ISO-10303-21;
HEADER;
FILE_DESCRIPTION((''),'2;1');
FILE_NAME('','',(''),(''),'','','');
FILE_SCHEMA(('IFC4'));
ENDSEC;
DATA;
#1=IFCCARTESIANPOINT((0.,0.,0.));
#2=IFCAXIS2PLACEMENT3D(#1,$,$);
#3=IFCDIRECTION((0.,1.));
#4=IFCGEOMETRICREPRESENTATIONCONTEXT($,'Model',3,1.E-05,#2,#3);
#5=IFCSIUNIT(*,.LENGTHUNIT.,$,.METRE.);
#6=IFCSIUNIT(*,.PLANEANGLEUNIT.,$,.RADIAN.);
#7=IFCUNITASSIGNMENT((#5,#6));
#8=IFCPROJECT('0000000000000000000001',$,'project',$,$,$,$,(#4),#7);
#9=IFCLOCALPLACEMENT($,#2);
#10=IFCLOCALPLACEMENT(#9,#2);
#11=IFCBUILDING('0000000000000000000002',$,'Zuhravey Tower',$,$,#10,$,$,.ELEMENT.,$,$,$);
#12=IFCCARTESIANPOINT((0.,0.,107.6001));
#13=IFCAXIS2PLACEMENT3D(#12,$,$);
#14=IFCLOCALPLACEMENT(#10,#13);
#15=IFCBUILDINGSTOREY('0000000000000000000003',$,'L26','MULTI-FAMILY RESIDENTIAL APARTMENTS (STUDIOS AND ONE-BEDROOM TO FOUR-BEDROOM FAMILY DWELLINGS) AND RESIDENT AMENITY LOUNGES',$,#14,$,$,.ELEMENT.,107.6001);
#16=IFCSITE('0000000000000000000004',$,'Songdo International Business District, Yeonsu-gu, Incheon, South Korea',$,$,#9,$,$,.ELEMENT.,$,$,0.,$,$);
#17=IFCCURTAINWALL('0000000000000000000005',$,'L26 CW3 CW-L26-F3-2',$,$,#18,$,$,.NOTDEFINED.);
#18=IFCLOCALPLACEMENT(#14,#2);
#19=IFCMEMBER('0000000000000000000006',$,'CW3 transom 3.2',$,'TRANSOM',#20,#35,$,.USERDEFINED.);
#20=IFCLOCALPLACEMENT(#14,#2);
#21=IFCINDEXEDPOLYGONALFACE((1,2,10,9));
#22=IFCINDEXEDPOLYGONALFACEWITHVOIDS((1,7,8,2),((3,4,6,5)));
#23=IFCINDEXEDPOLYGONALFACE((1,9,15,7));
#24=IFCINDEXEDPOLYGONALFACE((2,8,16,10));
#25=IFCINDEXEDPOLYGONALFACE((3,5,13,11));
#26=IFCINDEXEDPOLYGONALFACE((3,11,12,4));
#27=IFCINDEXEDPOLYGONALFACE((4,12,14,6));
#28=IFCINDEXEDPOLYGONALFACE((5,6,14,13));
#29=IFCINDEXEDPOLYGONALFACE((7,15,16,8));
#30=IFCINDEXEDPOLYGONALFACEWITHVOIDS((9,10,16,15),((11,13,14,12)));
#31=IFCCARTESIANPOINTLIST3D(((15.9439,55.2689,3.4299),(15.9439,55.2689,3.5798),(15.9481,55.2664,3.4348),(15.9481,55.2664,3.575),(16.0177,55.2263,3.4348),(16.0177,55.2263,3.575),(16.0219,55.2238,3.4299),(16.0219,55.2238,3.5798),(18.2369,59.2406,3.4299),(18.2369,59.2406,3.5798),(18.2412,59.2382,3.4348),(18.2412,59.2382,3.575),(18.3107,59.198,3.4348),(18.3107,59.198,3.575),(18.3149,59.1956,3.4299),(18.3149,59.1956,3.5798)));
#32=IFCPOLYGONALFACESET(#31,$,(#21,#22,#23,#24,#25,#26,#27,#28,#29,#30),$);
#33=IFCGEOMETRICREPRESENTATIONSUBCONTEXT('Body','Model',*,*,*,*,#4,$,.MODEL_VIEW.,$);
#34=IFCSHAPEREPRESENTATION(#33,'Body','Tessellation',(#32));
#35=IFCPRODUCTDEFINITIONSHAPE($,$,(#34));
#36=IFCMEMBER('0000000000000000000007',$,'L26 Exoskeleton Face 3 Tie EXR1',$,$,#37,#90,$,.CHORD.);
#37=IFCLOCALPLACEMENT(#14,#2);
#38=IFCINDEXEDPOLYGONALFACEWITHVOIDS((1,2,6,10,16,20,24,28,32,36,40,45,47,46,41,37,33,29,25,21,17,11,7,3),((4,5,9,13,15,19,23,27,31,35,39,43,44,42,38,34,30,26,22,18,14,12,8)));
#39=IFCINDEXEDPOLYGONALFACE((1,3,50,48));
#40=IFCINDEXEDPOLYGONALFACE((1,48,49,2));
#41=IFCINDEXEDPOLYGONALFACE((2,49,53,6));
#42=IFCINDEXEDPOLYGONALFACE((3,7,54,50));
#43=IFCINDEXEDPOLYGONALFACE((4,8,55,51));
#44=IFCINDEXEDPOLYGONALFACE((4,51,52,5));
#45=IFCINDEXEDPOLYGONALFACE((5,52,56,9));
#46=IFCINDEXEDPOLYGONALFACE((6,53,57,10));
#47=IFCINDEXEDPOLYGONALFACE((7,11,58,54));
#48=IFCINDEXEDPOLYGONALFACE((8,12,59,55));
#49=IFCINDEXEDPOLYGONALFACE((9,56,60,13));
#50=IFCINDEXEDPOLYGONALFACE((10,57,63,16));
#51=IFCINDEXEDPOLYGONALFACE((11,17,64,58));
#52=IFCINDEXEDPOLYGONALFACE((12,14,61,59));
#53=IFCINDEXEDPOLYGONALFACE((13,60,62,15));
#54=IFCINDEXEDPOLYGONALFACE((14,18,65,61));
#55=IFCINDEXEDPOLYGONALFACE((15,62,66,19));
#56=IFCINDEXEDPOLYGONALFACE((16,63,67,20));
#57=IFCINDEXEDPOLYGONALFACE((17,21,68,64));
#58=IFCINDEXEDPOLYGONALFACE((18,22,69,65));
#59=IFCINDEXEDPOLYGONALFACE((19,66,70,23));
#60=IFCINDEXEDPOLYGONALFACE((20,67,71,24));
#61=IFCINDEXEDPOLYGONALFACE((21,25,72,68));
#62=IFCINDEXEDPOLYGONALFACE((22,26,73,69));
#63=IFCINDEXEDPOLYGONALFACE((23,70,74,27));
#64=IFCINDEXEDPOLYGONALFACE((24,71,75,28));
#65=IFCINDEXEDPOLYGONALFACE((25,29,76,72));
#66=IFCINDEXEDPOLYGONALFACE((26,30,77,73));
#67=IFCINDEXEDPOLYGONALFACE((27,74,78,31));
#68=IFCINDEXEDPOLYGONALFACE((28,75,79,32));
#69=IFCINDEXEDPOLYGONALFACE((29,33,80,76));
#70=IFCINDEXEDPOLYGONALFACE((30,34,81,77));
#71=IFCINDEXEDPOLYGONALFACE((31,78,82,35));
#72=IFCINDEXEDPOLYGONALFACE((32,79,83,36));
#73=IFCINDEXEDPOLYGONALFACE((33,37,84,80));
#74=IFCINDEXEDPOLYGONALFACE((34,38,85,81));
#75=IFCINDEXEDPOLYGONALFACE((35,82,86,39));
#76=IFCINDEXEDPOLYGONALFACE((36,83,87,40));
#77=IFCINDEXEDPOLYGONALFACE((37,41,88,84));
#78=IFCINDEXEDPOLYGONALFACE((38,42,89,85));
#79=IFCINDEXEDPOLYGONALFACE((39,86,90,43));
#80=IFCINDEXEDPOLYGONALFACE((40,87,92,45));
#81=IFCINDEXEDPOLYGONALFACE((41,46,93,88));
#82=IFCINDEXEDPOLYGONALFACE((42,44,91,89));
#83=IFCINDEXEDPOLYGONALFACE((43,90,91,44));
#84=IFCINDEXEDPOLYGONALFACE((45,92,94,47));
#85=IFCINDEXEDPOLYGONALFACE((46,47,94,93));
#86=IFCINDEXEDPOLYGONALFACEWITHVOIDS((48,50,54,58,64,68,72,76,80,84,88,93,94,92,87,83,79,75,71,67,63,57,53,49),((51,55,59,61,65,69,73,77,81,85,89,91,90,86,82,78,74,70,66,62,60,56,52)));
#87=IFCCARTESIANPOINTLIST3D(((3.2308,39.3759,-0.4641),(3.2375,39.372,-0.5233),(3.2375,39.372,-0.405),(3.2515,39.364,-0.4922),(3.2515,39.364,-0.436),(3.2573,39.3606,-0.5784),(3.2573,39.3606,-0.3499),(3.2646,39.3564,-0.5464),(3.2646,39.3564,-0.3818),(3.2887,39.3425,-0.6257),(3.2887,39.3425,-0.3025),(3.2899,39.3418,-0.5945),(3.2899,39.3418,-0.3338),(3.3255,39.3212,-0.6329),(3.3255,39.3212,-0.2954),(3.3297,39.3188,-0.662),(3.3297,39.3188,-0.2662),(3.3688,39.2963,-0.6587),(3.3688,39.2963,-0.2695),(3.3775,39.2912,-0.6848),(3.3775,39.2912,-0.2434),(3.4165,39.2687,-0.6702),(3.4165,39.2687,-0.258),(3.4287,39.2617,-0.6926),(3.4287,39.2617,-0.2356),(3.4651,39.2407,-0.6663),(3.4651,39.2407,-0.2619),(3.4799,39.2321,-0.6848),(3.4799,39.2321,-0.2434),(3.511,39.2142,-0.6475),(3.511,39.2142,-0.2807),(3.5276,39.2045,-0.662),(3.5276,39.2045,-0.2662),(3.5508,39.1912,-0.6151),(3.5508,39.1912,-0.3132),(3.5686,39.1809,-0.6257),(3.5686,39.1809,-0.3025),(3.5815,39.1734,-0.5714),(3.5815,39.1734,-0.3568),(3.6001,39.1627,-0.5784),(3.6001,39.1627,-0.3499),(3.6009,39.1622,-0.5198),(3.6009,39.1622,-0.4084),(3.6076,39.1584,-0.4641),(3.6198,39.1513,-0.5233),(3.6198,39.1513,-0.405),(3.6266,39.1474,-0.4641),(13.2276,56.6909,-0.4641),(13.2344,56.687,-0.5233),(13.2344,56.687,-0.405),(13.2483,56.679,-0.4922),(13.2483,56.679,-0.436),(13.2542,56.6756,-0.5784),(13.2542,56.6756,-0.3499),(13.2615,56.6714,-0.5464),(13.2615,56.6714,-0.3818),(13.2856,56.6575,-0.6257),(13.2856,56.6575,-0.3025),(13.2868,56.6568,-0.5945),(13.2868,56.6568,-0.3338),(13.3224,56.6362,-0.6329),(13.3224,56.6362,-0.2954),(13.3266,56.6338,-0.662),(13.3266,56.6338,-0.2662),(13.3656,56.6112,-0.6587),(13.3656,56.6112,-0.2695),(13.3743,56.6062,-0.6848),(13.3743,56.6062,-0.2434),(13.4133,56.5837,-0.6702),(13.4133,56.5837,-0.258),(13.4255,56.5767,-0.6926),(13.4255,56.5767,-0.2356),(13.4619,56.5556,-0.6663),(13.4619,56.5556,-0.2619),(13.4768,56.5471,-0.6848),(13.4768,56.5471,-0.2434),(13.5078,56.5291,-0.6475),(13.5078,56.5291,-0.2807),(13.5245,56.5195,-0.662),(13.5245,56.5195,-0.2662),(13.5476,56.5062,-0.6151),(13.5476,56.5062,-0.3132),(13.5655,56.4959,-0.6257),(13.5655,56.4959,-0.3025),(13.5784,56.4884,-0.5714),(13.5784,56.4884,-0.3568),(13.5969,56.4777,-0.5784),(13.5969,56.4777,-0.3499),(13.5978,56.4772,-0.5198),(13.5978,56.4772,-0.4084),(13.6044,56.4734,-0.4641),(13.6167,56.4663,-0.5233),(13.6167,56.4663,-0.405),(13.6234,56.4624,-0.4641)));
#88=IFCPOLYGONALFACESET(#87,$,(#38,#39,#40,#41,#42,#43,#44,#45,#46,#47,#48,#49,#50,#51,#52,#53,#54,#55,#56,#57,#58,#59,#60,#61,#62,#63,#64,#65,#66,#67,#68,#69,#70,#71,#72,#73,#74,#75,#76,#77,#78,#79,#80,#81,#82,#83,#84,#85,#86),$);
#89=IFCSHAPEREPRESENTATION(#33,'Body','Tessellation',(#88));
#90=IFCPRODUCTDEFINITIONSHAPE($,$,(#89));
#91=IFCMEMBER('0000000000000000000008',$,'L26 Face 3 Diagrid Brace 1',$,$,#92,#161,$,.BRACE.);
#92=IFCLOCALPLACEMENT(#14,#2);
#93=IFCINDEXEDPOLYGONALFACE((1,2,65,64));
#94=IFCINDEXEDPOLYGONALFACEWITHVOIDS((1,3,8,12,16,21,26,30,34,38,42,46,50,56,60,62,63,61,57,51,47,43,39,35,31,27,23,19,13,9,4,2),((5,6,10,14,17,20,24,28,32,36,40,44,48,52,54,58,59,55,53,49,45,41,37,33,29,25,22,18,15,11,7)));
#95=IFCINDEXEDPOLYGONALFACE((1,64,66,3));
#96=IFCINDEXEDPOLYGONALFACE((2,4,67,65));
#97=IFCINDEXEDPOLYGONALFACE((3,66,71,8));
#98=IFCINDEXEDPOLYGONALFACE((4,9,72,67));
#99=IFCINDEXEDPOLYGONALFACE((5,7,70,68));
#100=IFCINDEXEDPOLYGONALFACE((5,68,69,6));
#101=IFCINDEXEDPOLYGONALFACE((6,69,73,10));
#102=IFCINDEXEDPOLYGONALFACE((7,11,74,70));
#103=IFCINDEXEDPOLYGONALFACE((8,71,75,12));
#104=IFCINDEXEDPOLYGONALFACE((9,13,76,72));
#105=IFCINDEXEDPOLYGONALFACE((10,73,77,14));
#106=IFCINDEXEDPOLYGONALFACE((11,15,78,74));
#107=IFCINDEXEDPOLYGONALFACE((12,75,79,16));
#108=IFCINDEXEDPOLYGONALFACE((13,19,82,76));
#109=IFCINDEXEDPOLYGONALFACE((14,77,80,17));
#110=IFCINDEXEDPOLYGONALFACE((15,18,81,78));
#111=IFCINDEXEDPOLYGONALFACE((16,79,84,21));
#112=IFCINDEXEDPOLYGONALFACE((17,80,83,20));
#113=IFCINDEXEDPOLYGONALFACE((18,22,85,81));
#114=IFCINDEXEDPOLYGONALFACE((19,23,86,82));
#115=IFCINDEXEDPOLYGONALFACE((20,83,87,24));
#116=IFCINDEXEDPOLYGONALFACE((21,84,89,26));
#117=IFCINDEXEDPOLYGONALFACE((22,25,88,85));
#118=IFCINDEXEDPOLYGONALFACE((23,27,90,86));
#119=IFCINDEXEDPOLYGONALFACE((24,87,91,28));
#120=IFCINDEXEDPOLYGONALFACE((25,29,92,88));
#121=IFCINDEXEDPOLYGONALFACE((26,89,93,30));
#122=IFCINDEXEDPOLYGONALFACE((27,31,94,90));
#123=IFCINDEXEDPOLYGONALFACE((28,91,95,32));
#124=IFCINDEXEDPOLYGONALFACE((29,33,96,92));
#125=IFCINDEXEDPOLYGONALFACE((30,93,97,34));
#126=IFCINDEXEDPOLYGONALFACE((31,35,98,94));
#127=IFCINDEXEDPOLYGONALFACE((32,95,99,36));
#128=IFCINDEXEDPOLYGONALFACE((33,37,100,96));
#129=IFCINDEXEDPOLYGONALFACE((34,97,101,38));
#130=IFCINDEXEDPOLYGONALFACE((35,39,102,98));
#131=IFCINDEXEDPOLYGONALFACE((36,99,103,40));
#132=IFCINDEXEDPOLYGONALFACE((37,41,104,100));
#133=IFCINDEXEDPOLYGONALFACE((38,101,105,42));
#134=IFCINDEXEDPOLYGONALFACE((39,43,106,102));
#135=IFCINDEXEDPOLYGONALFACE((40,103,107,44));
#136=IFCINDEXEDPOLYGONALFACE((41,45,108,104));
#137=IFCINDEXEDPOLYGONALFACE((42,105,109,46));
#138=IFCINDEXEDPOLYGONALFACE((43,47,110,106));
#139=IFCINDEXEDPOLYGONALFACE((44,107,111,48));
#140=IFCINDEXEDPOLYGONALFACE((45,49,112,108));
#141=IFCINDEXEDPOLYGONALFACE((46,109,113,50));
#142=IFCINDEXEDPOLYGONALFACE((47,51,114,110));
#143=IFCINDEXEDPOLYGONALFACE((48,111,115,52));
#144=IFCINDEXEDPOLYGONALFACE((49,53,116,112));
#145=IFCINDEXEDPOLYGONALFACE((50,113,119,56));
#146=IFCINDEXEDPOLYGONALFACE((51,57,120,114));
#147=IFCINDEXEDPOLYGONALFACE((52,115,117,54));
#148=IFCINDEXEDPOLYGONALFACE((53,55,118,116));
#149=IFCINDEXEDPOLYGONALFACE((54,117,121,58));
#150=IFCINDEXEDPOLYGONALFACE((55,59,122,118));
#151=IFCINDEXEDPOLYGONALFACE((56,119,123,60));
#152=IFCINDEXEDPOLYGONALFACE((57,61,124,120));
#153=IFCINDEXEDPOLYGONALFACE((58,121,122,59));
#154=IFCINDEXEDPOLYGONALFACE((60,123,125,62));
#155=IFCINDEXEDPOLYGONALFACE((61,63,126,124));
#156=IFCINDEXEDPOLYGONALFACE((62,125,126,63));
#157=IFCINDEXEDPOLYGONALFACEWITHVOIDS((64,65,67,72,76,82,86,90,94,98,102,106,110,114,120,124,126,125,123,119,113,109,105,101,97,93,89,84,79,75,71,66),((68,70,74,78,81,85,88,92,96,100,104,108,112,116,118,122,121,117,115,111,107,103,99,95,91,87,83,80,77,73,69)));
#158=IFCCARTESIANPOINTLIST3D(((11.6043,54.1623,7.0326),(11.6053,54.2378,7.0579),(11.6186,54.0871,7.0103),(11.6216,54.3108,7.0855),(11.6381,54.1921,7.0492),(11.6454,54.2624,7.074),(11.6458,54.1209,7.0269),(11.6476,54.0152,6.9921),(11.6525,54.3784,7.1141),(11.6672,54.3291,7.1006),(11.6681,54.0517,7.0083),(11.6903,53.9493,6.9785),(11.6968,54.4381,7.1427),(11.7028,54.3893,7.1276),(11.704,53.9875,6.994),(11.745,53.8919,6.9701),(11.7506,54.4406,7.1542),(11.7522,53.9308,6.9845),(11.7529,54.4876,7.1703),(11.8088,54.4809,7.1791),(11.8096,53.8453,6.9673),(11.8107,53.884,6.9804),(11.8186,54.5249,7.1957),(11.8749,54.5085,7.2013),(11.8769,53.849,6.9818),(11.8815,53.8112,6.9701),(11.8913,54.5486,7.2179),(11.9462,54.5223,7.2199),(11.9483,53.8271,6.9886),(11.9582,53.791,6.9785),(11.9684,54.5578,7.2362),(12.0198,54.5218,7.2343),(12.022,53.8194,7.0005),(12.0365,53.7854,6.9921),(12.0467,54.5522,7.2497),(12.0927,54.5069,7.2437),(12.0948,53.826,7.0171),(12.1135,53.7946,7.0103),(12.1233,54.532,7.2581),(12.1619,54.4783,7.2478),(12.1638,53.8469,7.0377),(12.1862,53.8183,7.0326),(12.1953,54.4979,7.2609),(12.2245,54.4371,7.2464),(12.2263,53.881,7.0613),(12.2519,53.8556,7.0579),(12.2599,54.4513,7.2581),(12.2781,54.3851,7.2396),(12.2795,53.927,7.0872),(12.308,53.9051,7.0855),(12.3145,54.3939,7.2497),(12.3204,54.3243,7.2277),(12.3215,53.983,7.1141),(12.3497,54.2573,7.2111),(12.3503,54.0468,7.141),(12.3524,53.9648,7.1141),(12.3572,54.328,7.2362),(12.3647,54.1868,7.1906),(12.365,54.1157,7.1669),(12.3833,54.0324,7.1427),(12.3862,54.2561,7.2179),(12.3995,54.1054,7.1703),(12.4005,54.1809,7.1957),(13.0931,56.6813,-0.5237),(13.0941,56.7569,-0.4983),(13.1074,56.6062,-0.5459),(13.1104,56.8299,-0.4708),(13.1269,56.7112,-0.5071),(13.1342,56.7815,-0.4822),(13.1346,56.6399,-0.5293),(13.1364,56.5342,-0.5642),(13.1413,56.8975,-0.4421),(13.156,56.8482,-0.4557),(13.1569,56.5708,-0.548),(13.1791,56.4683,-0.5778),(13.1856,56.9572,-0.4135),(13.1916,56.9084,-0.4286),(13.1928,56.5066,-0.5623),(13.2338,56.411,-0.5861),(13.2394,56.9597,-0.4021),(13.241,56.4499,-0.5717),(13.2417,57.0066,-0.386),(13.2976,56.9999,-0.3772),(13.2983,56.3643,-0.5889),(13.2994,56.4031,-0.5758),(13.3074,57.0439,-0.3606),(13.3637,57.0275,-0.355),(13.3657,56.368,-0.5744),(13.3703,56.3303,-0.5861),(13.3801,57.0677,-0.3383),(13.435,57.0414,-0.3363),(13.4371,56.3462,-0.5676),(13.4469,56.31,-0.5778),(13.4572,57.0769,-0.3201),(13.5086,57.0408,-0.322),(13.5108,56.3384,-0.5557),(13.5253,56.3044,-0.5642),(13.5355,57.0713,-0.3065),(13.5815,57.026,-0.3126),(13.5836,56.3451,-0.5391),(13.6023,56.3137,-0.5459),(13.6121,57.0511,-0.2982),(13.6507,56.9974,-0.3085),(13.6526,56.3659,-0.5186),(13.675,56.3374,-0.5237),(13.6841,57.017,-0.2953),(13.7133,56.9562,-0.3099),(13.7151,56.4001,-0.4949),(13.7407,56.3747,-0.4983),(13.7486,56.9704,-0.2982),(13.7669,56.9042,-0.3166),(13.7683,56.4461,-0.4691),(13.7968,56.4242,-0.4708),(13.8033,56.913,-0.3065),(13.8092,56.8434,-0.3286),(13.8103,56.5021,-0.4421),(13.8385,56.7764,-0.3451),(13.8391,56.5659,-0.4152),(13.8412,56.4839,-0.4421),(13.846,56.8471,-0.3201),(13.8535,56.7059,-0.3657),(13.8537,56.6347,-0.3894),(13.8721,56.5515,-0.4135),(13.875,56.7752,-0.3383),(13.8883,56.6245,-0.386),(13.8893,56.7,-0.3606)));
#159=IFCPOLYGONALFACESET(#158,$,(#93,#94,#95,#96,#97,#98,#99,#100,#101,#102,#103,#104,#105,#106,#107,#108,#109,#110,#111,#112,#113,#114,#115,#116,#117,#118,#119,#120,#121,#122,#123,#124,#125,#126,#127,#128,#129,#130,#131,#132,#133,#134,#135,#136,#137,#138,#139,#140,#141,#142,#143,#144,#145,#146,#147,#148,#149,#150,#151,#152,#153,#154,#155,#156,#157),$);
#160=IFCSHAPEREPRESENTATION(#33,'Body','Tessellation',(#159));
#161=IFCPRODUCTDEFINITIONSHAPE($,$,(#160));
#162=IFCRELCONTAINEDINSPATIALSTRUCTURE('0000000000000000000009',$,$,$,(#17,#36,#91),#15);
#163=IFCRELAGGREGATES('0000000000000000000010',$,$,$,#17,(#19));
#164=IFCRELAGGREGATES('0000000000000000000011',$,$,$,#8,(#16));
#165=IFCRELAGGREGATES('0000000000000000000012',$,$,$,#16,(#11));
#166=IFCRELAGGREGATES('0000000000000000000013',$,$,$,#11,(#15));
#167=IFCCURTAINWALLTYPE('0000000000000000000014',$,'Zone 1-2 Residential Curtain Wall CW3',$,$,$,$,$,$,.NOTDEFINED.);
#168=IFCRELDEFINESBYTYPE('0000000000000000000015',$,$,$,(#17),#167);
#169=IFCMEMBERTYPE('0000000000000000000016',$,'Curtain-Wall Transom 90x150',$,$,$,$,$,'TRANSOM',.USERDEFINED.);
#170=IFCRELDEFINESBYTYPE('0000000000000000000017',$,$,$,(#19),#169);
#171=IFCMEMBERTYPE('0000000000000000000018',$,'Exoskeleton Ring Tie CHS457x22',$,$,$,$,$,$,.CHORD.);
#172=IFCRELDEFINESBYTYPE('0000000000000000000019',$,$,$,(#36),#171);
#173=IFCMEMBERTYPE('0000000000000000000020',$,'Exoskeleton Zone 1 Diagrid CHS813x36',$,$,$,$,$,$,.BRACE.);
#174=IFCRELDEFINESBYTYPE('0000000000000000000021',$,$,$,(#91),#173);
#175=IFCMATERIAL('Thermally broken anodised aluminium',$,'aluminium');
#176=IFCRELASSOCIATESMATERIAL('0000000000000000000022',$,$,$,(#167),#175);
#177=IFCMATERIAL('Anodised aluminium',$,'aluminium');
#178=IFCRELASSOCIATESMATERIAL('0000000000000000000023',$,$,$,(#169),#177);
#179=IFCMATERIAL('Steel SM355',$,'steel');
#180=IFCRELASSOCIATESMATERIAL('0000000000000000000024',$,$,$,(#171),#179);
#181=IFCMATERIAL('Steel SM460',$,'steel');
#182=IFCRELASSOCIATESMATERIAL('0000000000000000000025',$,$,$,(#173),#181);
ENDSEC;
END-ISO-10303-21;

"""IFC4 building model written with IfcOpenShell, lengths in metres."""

from ifc_helpers import new_model, si_unit, direction, frame, origin, origin_2d, place, context, subcontext, project, spatial, hollow_rectangle, hollow_circle, extrude, material, material_profile, profile_set, type_object, element, aggregate, save


model = new_model("IFC4")

# Units and contexts
model_context = context("Model", 3, precision=1e-05, world=origin(), true_north=direction((0.0, 1.0)))
body_context = subcontext(model_context, "Body", "Model", "MODEL_VIEW")
ifc_project = project(units=[si_unit("LENGTHUNIT", "METRE"), si_unit("PLANEANGLEUNIT", "RADIAN")], contexts=[model_context])

# Site, building, storey
site_placement = place(None, origin())
site = spatial("IfcSite", under=ifc_project, at=site_placement, Name="Songdo International Business District, Yeonsu-gu, Incheon, South Korea", CompositionType="ELEMENT", RefElevation=0.0)
building_placement = place(site_placement, origin())
building = spatial("IfcBuilding", under=site, at=building_placement, Name="Zuhravey Tower", CompositionType="ELEMENT")
storey_placement = place(building_placement, frame((0.0, 0.0, 107.6001)))
storey = spatial("IfcBuildingStorey", under=building, at=storey_placement, Name="L26", Description="MULTI-FAMILY RESIDENTIAL APARTMENTS (STUDIOS AND ONE-BEDROOM TO FOUR-BEDROOM FAMILY DWELLINGS) AND RESIDENT AMENITY LOUNGES", CompositionType="ELEMENT", Elevation=107.6001)

# Shared definitions
ifc_material_1 = material(Name="Thermally broken anodised aluminium", Category="aluminium")
curtain_wall_type = type_object("IfcCurtainWallType", Name="Zone 1-2 Residential Curtain Wall CW3", PredefinedType="NOTDEFINED", material=ifc_material_1)
ifc_material_2 = material(Name="Anodised aluminium", Category="aluminium")

# Curtain wall, member
curtain_wall_1_placement = place(storey_placement, origin())
curtain_wall_1 = element("IfcCurtainWall", 1, at=curtain_wall_1_placement, inside=storey, type_object=curtain_wall_type, Name="L26 CW3 CW-L26-F3-2", PredefinedType="NOTDEFINED")
ifc_material_profile_1 = material_profile(ifc_material_2, hollow_rectangle(XDim=0.0901, YDim=0.1499, WallThickness=0.0049, at=origin_2d()), Name="ALU-RHS-90x150x5")
ifc_profile_set_1 = profile_set([ifc_material_profile_1], Name="Anodised aluminium")
member_type_1 = type_object("IfcMemberType", Name="Curtain-Wall Transom 90x150", ElementType="TRANSOM", PredefinedType="USERDEFINED", material=ifc_profile_set_1)
member_1_placement = place(storey_placement, frame((15.9829, 55.2463, 3.5049), z_axis=(0.499987, 0.866033, 0.0), x_axis=(-0.866033, 0.499987, 0.0)))
member_1 = element("IfcMember", 2, at=member_1_placement, type_object=member_type_1, Name="CW3 transom 3.2", ObjectType="TRANSOM", PredefinedType="USERDEFINED", context=body_context, shape_type="SweptSolid", body=[
    extrude(hollow_rectangle(XDim=0.0901, YDim=0.1499, WallThickness=0.0049, at=origin_2d()), origin(), (0.0, 0.0, 1.0), 4.5862),
])

# Members
ifc_material_3 = material(Name="Steel SM355", Category="steel")
ifc_material_profile_2 = material_profile(ifc_material_3, hollow_circle(Radius=0.2285, WallThickness=0.022, at=origin_2d()), Name="CHS-457.2x22")
ifc_profile_set_2 = profile_set([ifc_material_profile_2], Name="Steel SM355")
member_type_2 = type_object("IfcMemberType", Name="Exoskeleton Ring Tie CHS457x22", PredefinedType="CHORD", material=ifc_profile_set_2)
member_2_placement = place(storey_placement, frame((13.4255, 56.5767, -0.4641), z_axis=(-0.500002, -0.866025, 0.0), x_axis=(0.866025, -0.500002, 0.0)))
element("IfcMember", 3, at=member_2_placement, inside=storey, type_object=member_type_2, Name="L26 Exoskeleton Face 3 Tie EXR1", PredefinedType="CHORD", context=body_context, shape_type="SweptSolid", body=[
    extrude(hollow_circle(Radius=0.2285, WallThickness=0.022, at=origin_2d()), origin(), (0.0, 0.0, 1.0), 19.9937),
])
ifc_material_4 = material(Name="Steel SM460", Category="steel")
ifc_material_profile_3 = material_profile(ifc_material_4, hollow_circle(Radius=0.4065, WallThickness=0.0359, at=origin_2d()), Name="CHS-812.8x36")
ifc_profile_set_3 = profile_set([ifc_material_profile_3], Name="Steel SM460")
member_type_3 = type_object("IfcMemberType", Name="Exoskeleton Zone 1 Diagrid CHS813x36", PredefinedType="BRACE", material=ifc_profile_set_3)
member_3_placement = place(storey_placement, frame((13.4912, 56.6907, -0.4421), z_axis=(-0.183732, -0.310881, 0.932521), x_axis=(0.86089, -0.508791, 0.0)))
element("IfcMember", 4, at=member_3_placement, inside=storey, type_object=member_type_3, Name="L26 Face 3 Diagrid Brace 1", PredefinedType="BRACE", context=body_context, shape_type="SweptSolid", body=[
    extrude(hollow_circle(Radius=0.4065, WallThickness=0.0359, at=origin_2d()), origin(), (0.0, 0.0, 1.0), 8.103),
])

aggregate(curtain_wall_1, [member_1])

save(model, "model.ifc")
